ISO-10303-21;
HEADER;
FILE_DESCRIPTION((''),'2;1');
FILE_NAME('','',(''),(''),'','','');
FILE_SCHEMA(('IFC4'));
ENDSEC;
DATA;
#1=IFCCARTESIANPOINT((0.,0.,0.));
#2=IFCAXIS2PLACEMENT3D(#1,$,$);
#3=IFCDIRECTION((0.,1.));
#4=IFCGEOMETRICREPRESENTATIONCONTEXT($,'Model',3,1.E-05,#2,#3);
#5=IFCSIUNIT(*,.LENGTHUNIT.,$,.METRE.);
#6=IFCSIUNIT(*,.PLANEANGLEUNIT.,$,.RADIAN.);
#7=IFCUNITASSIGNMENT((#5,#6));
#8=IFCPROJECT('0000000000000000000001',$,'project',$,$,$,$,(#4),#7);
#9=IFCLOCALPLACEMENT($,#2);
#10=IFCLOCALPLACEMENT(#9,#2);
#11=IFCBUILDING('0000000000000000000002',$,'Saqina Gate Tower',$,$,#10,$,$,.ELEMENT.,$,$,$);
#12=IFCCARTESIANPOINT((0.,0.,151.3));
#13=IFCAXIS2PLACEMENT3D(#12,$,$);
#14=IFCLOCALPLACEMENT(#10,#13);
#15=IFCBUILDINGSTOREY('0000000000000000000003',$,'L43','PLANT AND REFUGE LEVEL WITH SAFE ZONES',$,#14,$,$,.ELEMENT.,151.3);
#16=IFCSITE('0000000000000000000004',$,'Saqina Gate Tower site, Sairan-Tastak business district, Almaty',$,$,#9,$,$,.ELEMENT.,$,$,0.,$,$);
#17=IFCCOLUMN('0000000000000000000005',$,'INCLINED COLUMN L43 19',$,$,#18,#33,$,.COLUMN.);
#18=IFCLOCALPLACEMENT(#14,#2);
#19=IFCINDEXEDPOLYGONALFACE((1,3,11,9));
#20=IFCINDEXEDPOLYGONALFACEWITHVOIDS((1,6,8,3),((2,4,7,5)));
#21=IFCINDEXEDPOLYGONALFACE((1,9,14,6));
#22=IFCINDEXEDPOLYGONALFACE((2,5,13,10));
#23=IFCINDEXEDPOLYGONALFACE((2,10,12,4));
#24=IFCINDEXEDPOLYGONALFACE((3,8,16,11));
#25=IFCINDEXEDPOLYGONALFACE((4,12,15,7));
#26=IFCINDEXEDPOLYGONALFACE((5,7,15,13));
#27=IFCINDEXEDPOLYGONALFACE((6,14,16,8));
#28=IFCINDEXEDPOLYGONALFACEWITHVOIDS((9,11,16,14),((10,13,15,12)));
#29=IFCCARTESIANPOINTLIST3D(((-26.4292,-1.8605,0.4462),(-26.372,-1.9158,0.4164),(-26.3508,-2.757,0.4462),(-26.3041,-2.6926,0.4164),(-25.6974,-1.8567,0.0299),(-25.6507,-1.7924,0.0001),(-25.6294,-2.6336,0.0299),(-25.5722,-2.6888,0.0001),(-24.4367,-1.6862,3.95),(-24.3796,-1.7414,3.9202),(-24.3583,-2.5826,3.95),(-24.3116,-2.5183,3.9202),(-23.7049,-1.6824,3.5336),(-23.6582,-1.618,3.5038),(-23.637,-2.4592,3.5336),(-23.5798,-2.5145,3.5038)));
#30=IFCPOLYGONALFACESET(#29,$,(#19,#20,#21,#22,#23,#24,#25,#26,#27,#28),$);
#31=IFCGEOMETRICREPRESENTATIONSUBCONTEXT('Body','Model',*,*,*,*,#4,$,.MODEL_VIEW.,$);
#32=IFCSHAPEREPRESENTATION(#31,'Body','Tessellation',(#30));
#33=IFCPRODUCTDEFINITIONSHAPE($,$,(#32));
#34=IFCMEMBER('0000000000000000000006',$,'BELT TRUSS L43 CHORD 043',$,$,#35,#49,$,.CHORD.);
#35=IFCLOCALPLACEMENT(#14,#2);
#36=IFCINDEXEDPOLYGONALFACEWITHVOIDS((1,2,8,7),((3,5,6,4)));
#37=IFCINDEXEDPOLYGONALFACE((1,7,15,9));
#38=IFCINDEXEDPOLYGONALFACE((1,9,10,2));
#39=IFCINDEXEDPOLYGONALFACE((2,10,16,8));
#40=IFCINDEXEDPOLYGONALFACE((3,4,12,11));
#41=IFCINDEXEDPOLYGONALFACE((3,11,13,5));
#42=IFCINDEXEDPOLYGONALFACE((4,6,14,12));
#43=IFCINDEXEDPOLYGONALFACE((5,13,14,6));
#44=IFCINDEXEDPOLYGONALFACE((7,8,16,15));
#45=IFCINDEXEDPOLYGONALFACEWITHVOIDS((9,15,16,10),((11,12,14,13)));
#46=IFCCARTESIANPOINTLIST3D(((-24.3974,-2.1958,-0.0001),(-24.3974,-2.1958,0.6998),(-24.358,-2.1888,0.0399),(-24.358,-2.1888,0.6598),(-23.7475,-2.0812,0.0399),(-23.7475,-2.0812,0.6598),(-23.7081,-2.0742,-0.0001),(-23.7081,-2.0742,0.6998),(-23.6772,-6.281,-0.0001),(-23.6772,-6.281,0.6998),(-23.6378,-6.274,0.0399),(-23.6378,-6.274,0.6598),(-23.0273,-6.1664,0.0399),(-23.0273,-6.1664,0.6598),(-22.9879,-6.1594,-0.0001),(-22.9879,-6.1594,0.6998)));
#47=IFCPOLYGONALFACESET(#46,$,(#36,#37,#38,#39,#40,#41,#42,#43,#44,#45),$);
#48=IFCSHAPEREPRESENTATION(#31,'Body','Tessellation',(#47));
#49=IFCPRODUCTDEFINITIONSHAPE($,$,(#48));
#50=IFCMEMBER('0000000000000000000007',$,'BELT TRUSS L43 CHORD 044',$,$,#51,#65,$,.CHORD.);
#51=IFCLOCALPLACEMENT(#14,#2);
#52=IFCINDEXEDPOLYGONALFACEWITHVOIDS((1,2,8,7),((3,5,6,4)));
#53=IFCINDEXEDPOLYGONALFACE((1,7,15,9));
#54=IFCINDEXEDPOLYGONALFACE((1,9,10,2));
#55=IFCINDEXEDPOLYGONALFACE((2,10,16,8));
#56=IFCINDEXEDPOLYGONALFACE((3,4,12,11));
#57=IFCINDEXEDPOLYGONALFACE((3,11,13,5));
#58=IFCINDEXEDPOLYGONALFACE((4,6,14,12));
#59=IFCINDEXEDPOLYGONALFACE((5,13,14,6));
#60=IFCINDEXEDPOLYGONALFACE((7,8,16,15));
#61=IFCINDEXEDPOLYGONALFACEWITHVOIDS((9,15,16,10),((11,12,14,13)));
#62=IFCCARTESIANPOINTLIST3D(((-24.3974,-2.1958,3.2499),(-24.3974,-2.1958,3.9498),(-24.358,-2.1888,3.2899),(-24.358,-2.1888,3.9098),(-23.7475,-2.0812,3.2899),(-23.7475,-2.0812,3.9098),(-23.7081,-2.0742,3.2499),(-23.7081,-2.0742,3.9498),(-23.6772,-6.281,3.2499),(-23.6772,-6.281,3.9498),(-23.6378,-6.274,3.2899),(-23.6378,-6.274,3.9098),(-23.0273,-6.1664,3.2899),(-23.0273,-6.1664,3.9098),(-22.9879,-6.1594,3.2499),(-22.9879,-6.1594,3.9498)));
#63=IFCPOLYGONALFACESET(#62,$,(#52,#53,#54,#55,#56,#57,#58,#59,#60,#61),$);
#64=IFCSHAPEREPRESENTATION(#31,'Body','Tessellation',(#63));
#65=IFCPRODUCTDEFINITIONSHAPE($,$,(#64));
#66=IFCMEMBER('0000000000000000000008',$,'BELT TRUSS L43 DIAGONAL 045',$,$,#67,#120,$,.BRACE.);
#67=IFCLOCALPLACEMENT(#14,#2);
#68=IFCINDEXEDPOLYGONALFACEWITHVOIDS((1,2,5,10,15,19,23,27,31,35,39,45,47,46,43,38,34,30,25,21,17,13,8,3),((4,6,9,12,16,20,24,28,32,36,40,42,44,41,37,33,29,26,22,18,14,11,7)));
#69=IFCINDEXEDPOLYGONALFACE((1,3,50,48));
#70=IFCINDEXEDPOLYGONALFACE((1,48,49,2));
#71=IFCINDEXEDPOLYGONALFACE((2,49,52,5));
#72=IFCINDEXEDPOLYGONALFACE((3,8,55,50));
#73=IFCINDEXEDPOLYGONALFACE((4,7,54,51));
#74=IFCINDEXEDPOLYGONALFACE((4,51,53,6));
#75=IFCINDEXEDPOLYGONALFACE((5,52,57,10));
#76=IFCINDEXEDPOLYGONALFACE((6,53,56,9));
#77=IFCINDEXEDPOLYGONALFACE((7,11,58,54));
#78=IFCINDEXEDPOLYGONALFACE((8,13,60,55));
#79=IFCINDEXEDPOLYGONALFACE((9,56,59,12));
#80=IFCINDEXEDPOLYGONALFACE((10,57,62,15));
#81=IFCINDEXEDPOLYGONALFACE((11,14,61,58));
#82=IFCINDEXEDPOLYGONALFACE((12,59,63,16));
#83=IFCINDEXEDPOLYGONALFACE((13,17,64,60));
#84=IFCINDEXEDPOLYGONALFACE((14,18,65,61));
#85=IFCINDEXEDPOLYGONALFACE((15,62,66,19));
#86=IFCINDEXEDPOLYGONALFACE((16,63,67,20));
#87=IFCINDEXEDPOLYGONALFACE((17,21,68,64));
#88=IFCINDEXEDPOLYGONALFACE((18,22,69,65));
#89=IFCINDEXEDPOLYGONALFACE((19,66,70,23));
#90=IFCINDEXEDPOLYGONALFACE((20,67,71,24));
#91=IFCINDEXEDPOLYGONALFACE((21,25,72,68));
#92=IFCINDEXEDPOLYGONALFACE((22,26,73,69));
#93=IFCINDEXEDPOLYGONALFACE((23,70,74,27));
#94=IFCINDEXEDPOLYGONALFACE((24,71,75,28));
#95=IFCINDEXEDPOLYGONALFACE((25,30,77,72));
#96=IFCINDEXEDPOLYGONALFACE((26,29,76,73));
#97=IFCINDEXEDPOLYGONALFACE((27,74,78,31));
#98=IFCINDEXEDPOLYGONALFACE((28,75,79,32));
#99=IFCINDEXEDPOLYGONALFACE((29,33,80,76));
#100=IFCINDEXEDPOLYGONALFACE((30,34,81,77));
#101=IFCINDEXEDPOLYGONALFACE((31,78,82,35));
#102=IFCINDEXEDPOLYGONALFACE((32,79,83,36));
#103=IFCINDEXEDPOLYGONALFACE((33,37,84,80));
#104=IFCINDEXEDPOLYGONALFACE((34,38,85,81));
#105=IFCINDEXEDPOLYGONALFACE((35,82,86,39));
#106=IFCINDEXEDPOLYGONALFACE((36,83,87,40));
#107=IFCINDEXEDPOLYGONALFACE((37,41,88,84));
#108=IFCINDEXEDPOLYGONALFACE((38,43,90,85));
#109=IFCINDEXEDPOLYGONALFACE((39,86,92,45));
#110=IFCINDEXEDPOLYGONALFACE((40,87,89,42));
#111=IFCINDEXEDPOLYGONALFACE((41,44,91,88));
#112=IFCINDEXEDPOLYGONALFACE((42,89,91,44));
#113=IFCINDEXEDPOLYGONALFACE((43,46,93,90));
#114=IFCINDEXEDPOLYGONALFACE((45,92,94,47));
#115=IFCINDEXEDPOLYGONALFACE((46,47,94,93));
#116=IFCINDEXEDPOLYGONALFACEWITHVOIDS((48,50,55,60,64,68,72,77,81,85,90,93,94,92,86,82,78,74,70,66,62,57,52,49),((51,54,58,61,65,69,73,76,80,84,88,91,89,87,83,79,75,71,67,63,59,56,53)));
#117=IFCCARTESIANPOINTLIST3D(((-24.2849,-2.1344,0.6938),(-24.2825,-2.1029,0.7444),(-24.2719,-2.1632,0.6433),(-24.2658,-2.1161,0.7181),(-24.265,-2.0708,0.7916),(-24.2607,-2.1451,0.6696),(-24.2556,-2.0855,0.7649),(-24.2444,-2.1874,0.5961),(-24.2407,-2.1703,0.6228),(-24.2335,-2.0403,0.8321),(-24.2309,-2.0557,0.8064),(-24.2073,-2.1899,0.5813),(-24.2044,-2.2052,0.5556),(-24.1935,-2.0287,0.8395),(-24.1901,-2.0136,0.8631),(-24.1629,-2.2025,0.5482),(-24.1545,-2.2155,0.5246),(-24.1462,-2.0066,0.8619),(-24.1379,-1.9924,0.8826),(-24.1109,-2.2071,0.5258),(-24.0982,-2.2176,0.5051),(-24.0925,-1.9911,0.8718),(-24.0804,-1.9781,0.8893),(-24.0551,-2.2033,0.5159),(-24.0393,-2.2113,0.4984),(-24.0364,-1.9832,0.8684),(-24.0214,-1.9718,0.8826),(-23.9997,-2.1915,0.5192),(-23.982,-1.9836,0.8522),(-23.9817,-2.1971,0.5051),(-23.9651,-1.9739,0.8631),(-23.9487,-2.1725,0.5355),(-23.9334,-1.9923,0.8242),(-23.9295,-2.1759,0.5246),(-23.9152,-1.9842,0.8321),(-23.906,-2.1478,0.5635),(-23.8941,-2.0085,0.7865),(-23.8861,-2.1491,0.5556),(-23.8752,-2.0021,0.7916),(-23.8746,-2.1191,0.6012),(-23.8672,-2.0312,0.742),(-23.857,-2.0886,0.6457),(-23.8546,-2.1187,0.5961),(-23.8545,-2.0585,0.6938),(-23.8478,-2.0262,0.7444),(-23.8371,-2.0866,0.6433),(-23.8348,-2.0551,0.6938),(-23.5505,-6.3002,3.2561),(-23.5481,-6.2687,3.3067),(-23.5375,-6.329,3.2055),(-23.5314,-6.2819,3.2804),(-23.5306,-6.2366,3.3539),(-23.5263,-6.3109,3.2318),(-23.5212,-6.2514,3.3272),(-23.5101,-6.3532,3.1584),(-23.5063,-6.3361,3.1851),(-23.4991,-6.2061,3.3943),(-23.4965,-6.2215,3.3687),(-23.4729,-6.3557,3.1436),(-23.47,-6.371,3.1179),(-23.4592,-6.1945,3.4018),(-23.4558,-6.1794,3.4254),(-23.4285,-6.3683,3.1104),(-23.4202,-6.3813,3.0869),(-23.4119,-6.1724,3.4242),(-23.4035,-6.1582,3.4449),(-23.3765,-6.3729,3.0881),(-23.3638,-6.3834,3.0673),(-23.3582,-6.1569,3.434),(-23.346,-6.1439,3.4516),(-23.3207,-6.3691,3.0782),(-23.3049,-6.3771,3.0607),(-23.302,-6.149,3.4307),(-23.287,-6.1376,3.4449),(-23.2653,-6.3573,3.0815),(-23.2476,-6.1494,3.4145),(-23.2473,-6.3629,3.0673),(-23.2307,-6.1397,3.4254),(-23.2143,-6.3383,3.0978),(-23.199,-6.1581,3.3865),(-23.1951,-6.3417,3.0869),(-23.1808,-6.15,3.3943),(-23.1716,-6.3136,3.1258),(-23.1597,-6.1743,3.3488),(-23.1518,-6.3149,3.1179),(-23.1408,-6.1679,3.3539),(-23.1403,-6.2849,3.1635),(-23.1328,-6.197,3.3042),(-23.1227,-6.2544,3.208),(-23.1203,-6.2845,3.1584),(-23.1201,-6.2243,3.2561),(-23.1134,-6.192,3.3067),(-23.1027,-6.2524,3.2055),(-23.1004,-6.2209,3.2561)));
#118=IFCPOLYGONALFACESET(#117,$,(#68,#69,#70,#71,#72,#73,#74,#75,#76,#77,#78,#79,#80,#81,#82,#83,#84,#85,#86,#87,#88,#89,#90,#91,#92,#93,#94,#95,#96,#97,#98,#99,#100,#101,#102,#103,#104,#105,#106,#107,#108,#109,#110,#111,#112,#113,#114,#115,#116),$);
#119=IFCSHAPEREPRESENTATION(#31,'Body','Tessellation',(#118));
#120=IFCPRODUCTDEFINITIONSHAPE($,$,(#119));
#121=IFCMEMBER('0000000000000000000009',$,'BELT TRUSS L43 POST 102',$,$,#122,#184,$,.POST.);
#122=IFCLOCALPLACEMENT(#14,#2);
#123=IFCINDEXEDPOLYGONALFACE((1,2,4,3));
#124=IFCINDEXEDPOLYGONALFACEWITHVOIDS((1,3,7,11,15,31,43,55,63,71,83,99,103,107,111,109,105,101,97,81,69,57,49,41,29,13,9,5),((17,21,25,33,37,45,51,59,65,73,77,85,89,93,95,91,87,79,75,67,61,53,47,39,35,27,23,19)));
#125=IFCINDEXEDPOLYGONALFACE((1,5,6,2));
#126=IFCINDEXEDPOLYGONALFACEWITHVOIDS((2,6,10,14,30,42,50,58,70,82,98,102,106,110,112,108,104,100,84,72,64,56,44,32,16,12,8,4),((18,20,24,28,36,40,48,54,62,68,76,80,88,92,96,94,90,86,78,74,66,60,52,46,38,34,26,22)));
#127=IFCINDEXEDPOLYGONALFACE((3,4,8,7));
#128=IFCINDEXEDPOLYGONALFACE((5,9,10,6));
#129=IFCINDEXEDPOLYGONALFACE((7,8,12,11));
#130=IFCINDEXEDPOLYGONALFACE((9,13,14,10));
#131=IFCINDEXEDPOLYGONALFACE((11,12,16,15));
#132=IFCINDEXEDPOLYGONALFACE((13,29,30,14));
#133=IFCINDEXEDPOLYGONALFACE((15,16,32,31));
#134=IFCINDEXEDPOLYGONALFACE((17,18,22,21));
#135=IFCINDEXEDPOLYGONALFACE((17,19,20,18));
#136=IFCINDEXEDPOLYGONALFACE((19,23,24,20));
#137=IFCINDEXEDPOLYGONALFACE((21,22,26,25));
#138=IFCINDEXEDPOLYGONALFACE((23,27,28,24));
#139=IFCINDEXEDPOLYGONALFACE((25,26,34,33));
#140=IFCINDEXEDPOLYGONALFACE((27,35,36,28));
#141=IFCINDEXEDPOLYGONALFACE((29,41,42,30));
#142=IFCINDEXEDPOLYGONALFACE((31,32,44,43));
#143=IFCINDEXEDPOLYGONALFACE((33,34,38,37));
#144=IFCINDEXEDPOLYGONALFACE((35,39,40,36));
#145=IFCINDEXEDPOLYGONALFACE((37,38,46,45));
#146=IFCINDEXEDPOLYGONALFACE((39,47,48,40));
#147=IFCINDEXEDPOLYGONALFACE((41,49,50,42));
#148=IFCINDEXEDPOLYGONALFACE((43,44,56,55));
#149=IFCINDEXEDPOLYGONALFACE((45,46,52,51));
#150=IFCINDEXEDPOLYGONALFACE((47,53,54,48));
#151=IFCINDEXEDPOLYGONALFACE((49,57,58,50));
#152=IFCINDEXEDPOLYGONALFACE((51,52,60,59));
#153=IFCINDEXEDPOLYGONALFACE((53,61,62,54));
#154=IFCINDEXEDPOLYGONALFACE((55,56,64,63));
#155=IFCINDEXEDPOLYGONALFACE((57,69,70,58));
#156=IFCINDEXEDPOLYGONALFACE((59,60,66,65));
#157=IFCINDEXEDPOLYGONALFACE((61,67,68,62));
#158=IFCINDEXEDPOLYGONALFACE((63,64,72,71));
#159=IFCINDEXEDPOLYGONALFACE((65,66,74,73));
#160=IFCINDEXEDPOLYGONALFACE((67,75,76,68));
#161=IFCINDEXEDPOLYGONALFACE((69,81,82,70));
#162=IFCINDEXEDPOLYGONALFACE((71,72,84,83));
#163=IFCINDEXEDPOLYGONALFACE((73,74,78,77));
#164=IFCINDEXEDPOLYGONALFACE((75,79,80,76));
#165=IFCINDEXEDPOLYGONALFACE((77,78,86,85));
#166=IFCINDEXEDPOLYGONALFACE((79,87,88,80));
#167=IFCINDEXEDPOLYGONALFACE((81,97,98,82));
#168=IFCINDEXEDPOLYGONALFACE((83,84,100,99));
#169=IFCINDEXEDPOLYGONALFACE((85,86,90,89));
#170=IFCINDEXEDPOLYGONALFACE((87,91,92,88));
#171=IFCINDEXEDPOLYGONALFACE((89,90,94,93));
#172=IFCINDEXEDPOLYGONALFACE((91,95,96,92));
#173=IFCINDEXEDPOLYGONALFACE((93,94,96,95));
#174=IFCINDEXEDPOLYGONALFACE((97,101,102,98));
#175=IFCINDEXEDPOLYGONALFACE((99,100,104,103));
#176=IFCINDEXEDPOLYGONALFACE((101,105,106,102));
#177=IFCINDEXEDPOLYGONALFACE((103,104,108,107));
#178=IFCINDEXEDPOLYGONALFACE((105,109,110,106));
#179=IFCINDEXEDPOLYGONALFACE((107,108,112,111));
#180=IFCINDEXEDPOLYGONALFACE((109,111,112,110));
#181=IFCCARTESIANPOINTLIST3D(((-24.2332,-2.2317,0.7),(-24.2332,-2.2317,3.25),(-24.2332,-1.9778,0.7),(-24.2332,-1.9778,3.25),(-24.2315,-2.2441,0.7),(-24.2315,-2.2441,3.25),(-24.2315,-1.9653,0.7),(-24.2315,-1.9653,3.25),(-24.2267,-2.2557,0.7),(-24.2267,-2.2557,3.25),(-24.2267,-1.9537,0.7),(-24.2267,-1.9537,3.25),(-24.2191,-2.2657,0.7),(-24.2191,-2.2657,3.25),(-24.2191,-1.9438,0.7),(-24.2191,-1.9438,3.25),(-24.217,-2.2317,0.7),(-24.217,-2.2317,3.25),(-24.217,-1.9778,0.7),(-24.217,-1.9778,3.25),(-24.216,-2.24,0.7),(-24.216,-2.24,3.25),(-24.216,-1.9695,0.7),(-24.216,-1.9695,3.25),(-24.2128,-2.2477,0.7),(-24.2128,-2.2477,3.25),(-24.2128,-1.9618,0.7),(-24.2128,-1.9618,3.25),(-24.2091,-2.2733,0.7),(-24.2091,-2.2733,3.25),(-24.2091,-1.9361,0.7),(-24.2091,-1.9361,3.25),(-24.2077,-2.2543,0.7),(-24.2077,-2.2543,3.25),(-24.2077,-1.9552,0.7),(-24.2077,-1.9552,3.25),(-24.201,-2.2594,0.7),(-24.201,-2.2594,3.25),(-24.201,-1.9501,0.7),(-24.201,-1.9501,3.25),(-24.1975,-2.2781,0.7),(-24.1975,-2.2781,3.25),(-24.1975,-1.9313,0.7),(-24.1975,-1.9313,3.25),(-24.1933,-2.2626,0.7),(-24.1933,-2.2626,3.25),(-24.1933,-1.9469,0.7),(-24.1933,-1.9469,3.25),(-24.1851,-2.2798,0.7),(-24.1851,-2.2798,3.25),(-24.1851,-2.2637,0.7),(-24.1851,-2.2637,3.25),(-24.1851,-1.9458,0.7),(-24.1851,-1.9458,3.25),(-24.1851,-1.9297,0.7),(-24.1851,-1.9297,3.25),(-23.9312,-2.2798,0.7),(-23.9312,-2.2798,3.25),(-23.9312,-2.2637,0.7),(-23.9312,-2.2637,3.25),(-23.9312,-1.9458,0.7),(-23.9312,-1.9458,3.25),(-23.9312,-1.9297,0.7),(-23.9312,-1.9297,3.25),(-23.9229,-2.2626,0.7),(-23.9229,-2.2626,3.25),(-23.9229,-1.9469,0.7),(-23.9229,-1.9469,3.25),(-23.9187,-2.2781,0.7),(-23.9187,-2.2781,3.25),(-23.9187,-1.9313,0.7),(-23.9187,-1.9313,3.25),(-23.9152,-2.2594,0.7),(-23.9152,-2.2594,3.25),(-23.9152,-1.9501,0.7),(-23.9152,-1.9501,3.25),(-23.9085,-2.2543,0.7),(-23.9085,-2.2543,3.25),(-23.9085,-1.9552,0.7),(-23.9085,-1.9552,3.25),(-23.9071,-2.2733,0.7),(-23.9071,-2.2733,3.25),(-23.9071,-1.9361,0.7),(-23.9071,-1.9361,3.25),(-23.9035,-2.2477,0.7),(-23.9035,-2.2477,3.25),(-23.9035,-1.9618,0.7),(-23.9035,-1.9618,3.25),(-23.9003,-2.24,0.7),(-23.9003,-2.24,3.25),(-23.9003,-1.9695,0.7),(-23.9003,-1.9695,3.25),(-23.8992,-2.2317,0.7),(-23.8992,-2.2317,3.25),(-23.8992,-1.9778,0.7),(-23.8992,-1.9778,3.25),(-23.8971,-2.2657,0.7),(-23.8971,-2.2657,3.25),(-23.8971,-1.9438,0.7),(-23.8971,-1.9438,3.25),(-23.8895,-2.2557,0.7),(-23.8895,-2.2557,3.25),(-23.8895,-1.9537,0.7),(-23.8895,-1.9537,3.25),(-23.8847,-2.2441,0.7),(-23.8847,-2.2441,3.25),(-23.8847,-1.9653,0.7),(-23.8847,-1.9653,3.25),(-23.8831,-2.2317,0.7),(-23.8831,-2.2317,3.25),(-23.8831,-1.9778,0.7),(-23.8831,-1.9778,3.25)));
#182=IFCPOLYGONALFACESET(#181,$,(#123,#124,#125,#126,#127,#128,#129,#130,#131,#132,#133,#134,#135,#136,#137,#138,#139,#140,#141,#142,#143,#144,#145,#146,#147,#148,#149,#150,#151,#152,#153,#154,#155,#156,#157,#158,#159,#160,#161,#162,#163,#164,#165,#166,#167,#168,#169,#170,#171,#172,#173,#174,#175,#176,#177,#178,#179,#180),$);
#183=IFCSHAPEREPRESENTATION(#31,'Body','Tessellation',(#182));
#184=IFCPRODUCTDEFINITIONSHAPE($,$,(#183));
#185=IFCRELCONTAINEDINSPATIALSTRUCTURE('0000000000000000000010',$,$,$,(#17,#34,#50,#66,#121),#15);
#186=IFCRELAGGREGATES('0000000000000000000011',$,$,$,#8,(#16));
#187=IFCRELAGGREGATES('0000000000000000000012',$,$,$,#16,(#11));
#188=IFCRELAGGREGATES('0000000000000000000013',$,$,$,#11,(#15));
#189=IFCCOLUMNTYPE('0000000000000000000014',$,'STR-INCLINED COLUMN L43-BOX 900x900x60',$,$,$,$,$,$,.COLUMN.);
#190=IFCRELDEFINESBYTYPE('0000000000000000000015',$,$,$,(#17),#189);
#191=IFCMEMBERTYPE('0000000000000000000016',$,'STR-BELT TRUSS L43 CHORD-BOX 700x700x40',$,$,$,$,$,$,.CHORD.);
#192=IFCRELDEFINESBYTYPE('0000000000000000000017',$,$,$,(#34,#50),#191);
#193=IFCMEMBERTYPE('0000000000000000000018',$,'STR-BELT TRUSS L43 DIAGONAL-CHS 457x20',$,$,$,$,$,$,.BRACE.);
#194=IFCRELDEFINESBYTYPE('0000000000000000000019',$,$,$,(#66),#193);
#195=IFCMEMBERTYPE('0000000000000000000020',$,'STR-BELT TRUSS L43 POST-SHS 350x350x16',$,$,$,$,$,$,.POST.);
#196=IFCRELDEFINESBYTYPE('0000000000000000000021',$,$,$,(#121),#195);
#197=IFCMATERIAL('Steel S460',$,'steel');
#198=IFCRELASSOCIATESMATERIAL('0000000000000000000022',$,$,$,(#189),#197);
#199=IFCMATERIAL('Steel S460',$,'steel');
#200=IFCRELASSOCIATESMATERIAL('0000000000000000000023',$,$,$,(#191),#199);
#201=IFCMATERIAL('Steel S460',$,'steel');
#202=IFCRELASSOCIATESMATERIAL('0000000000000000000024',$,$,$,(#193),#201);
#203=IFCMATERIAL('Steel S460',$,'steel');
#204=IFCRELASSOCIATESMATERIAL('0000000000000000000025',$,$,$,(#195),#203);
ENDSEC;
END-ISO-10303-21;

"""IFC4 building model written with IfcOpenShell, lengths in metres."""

from ifc_helpers import new_model, si_unit, direction, frame, origin, origin_2d, place, context, subcontext, project, spatial, hollow_rectangle, hollow_circle, extrude, material, material_profile, profile_set, type_object, element, save


model = new_model("IFC4")

# Units and contexts
model_context = context("Model", 3, precision=1e-05, world=origin(), true_north=direction((0.0, 1.0)))
body_context = subcontext(model_context, "Body", "Model", "MODEL_VIEW")
ifc_project = project(units=[si_unit("LENGTHUNIT", "METRE"), si_unit("PLANEANGLEUNIT", "RADIAN")], contexts=[model_context])

# Site, building, storey
site_placement = place(None, origin())
site = spatial("IfcSite", under=ifc_project, at=site_placement, Name="Saqina Gate Tower site, Sairan-Tastak business district, Almaty", CompositionType="ELEMENT", RefElevation=0.0)
building_placement = place(site_placement, origin())
building = spatial("IfcBuilding", under=site, at=building_placement, Name="Saqina Gate Tower", CompositionType="ELEMENT")
storey_placement = place(building_placement, frame((0.0, 0.0, 151.3)))
storey = spatial("IfcBuildingStorey", under=building, at=storey_placement, Name="L43", Description="PLANT AND REFUGE LEVEL WITH SAFE ZONES", CompositionType="ELEMENT", Elevation=151.3)

# Column
ifc_material_1 = material(Name="Steel S460", Category="steel")
ifc_material_profile_1 = material_profile(ifc_material_1, hollow_rectangle(XDim=0.8999, YDim=0.8999, WallThickness=0.0601, at=origin_2d()), Name="BOX 900x900x60")
ifc_profile_set_1 = profile_set([ifc_material_profile_1], Name="Steel S460")
column_type = type_object("IfcColumnType", Name="STR-INCLINED COLUMN L43-BOX 900x900x60", PredefinedType="COLUMN", material=ifc_profile_set_1)
column_placement = place(storey_placement, frame((-26.0007, -2.2747, 0.2231), z_axis=(0.493869, 0.043208, 0.868462), x_axis=(-0.087156, 0.996195, 0.0)))
element("IfcColumn", 1, at=column_placement, inside=storey, type_object=column_type, Name="INCLINED COLUMN L43 19", PredefinedType="COLUMN", context=body_context, shape_type="SweptSolid", body=[
    extrude(hollow_rectangle(XDim=0.8999, YDim=0.8999, WallThickness=0.0601, at=origin_2d()), origin(), (0.0, 0.0, 1.0), 4.0344),
])

# Members
ifc_material_2 = material(Name="Steel S460", Category="steel")
ifc_material_profile_2 = material_profile(ifc_material_2, hollow_rectangle(XDim=0.7, YDim=0.7, WallThickness=0.04, at=origin_2d()), Name="BOX 700x700x40")
ifc_profile_set_2 = profile_set([ifc_material_profile_2], Name="Steel S460")
member_type_1 = type_object("IfcMemberType", Name="STR-BELT TRUSS L43 CHORD-BOX 700x700x40", PredefinedType="CHORD", material=ifc_profile_set_2)
for number, where, z_axis, x_axis, name in (
    (2, (-24.0527, -2.135, 0.3499), (0.173621, -0.984813, 0.0), (0.984813, 0.173621, 0.0), "BELT TRUSS L43 CHORD 043"),
    (3, (-24.0527, -2.135, 3.5999), (0.173621, -0.984813, 0.0), (0.984813, 0.173621, 0.0), "BELT TRUSS L43 CHORD 044"),
):
    element("IfcMember", number, at=place(storey_placement, frame(where, z_axis=z_axis, x_axis=x_axis)), inside=storey, type_object=member_type_1, Name=name, PredefinedType="CHORD", context=body_context, shape_type="SweptSolid", body=[
        extrude(hollow_rectangle(XDim=0.7, YDim=0.7, WallThickness=0.04, at=origin_2d()), origin(), (0.0, 0.0, 1.0), 4.1482),
    ])
ifc_material_3 = material(Name="Steel S460", Category="steel")
ifc_material_profile_3 = material_profile(ifc_material_3, hollow_circle(Radius=0.2285, WallThickness=0.02, at=origin_2d()), Name="CHS 457x20")
ifc_profile_set_3 = profile_set([ifc_material_profile_3], Name="Steel S460")
member_type_2 = type_object("IfcMemberType", Name="STR-BELT TRUSS L43 DIAGONAL-CHS 457x20", PredefinedType="BRACE", material=ifc_profile_set_3)
member_1_placement = place(storey_placement, frame((-24.0598, -2.0947, 0.6938), z_axis=(0.148493, -0.842333, 0.518097), x_axis=(0.984814, 0.173611, 0.0)))
element("IfcMember", 4, at=member_1_placement, inside=storey, type_object=member_type_2, Name="BELT TRUSS L43 DIAGONAL 045", PredefinedType="BRACE", context=body_context, shape_type="SweptSolid", body=[
    extrude(hollow_circle(Radius=0.2285, WallThickness=0.02, at=origin_2d()), origin(), (0.0, 0.0, 1.0), 4.9456),
])
ifc_material_4 = material(Name="Steel S460", Category="steel")
ifc_material_profile_4 = material_profile(ifc_material_4, hollow_rectangle(XDim=0.3501, YDim=0.3501, WallThickness=0.0161, InnerFilletRadius=0.032, OuterFilletRadius=0.0481, at=origin_2d()), Name="SHS 350x350x16")
ifc_profile_set_4 = profile_set([ifc_material_profile_4], Name="Steel S460")
member_type_3 = type_object("IfcMemberType", Name="STR-BELT TRUSS L43 POST-SHS 350x350x16", PredefinedType="POST", material=ifc_profile_set_4)
member_2_placement = place(storey_placement, frame((-24.0581, -2.1047, 0.7), z_axis=(0.0, 0.0, 1.0), x_axis=(1.0, 0.0, 0.0)))
element("IfcMember", 5, at=member_2_placement, inside=storey, type_object=member_type_3, Name="BELT TRUSS L43 POST 102", PredefinedType="POST", context=body_context, shape_type="SweptSolid", body=[
    extrude(hollow_rectangle(XDim=0.3501, YDim=0.3501, WallThickness=0.0161, InnerFilletRadius=0.032, OuterFilletRadius=0.0481, at=origin_2d()), origin(), (0.0, 0.0, 1.0), 2.55),
])

save(model, "model.ifc")
